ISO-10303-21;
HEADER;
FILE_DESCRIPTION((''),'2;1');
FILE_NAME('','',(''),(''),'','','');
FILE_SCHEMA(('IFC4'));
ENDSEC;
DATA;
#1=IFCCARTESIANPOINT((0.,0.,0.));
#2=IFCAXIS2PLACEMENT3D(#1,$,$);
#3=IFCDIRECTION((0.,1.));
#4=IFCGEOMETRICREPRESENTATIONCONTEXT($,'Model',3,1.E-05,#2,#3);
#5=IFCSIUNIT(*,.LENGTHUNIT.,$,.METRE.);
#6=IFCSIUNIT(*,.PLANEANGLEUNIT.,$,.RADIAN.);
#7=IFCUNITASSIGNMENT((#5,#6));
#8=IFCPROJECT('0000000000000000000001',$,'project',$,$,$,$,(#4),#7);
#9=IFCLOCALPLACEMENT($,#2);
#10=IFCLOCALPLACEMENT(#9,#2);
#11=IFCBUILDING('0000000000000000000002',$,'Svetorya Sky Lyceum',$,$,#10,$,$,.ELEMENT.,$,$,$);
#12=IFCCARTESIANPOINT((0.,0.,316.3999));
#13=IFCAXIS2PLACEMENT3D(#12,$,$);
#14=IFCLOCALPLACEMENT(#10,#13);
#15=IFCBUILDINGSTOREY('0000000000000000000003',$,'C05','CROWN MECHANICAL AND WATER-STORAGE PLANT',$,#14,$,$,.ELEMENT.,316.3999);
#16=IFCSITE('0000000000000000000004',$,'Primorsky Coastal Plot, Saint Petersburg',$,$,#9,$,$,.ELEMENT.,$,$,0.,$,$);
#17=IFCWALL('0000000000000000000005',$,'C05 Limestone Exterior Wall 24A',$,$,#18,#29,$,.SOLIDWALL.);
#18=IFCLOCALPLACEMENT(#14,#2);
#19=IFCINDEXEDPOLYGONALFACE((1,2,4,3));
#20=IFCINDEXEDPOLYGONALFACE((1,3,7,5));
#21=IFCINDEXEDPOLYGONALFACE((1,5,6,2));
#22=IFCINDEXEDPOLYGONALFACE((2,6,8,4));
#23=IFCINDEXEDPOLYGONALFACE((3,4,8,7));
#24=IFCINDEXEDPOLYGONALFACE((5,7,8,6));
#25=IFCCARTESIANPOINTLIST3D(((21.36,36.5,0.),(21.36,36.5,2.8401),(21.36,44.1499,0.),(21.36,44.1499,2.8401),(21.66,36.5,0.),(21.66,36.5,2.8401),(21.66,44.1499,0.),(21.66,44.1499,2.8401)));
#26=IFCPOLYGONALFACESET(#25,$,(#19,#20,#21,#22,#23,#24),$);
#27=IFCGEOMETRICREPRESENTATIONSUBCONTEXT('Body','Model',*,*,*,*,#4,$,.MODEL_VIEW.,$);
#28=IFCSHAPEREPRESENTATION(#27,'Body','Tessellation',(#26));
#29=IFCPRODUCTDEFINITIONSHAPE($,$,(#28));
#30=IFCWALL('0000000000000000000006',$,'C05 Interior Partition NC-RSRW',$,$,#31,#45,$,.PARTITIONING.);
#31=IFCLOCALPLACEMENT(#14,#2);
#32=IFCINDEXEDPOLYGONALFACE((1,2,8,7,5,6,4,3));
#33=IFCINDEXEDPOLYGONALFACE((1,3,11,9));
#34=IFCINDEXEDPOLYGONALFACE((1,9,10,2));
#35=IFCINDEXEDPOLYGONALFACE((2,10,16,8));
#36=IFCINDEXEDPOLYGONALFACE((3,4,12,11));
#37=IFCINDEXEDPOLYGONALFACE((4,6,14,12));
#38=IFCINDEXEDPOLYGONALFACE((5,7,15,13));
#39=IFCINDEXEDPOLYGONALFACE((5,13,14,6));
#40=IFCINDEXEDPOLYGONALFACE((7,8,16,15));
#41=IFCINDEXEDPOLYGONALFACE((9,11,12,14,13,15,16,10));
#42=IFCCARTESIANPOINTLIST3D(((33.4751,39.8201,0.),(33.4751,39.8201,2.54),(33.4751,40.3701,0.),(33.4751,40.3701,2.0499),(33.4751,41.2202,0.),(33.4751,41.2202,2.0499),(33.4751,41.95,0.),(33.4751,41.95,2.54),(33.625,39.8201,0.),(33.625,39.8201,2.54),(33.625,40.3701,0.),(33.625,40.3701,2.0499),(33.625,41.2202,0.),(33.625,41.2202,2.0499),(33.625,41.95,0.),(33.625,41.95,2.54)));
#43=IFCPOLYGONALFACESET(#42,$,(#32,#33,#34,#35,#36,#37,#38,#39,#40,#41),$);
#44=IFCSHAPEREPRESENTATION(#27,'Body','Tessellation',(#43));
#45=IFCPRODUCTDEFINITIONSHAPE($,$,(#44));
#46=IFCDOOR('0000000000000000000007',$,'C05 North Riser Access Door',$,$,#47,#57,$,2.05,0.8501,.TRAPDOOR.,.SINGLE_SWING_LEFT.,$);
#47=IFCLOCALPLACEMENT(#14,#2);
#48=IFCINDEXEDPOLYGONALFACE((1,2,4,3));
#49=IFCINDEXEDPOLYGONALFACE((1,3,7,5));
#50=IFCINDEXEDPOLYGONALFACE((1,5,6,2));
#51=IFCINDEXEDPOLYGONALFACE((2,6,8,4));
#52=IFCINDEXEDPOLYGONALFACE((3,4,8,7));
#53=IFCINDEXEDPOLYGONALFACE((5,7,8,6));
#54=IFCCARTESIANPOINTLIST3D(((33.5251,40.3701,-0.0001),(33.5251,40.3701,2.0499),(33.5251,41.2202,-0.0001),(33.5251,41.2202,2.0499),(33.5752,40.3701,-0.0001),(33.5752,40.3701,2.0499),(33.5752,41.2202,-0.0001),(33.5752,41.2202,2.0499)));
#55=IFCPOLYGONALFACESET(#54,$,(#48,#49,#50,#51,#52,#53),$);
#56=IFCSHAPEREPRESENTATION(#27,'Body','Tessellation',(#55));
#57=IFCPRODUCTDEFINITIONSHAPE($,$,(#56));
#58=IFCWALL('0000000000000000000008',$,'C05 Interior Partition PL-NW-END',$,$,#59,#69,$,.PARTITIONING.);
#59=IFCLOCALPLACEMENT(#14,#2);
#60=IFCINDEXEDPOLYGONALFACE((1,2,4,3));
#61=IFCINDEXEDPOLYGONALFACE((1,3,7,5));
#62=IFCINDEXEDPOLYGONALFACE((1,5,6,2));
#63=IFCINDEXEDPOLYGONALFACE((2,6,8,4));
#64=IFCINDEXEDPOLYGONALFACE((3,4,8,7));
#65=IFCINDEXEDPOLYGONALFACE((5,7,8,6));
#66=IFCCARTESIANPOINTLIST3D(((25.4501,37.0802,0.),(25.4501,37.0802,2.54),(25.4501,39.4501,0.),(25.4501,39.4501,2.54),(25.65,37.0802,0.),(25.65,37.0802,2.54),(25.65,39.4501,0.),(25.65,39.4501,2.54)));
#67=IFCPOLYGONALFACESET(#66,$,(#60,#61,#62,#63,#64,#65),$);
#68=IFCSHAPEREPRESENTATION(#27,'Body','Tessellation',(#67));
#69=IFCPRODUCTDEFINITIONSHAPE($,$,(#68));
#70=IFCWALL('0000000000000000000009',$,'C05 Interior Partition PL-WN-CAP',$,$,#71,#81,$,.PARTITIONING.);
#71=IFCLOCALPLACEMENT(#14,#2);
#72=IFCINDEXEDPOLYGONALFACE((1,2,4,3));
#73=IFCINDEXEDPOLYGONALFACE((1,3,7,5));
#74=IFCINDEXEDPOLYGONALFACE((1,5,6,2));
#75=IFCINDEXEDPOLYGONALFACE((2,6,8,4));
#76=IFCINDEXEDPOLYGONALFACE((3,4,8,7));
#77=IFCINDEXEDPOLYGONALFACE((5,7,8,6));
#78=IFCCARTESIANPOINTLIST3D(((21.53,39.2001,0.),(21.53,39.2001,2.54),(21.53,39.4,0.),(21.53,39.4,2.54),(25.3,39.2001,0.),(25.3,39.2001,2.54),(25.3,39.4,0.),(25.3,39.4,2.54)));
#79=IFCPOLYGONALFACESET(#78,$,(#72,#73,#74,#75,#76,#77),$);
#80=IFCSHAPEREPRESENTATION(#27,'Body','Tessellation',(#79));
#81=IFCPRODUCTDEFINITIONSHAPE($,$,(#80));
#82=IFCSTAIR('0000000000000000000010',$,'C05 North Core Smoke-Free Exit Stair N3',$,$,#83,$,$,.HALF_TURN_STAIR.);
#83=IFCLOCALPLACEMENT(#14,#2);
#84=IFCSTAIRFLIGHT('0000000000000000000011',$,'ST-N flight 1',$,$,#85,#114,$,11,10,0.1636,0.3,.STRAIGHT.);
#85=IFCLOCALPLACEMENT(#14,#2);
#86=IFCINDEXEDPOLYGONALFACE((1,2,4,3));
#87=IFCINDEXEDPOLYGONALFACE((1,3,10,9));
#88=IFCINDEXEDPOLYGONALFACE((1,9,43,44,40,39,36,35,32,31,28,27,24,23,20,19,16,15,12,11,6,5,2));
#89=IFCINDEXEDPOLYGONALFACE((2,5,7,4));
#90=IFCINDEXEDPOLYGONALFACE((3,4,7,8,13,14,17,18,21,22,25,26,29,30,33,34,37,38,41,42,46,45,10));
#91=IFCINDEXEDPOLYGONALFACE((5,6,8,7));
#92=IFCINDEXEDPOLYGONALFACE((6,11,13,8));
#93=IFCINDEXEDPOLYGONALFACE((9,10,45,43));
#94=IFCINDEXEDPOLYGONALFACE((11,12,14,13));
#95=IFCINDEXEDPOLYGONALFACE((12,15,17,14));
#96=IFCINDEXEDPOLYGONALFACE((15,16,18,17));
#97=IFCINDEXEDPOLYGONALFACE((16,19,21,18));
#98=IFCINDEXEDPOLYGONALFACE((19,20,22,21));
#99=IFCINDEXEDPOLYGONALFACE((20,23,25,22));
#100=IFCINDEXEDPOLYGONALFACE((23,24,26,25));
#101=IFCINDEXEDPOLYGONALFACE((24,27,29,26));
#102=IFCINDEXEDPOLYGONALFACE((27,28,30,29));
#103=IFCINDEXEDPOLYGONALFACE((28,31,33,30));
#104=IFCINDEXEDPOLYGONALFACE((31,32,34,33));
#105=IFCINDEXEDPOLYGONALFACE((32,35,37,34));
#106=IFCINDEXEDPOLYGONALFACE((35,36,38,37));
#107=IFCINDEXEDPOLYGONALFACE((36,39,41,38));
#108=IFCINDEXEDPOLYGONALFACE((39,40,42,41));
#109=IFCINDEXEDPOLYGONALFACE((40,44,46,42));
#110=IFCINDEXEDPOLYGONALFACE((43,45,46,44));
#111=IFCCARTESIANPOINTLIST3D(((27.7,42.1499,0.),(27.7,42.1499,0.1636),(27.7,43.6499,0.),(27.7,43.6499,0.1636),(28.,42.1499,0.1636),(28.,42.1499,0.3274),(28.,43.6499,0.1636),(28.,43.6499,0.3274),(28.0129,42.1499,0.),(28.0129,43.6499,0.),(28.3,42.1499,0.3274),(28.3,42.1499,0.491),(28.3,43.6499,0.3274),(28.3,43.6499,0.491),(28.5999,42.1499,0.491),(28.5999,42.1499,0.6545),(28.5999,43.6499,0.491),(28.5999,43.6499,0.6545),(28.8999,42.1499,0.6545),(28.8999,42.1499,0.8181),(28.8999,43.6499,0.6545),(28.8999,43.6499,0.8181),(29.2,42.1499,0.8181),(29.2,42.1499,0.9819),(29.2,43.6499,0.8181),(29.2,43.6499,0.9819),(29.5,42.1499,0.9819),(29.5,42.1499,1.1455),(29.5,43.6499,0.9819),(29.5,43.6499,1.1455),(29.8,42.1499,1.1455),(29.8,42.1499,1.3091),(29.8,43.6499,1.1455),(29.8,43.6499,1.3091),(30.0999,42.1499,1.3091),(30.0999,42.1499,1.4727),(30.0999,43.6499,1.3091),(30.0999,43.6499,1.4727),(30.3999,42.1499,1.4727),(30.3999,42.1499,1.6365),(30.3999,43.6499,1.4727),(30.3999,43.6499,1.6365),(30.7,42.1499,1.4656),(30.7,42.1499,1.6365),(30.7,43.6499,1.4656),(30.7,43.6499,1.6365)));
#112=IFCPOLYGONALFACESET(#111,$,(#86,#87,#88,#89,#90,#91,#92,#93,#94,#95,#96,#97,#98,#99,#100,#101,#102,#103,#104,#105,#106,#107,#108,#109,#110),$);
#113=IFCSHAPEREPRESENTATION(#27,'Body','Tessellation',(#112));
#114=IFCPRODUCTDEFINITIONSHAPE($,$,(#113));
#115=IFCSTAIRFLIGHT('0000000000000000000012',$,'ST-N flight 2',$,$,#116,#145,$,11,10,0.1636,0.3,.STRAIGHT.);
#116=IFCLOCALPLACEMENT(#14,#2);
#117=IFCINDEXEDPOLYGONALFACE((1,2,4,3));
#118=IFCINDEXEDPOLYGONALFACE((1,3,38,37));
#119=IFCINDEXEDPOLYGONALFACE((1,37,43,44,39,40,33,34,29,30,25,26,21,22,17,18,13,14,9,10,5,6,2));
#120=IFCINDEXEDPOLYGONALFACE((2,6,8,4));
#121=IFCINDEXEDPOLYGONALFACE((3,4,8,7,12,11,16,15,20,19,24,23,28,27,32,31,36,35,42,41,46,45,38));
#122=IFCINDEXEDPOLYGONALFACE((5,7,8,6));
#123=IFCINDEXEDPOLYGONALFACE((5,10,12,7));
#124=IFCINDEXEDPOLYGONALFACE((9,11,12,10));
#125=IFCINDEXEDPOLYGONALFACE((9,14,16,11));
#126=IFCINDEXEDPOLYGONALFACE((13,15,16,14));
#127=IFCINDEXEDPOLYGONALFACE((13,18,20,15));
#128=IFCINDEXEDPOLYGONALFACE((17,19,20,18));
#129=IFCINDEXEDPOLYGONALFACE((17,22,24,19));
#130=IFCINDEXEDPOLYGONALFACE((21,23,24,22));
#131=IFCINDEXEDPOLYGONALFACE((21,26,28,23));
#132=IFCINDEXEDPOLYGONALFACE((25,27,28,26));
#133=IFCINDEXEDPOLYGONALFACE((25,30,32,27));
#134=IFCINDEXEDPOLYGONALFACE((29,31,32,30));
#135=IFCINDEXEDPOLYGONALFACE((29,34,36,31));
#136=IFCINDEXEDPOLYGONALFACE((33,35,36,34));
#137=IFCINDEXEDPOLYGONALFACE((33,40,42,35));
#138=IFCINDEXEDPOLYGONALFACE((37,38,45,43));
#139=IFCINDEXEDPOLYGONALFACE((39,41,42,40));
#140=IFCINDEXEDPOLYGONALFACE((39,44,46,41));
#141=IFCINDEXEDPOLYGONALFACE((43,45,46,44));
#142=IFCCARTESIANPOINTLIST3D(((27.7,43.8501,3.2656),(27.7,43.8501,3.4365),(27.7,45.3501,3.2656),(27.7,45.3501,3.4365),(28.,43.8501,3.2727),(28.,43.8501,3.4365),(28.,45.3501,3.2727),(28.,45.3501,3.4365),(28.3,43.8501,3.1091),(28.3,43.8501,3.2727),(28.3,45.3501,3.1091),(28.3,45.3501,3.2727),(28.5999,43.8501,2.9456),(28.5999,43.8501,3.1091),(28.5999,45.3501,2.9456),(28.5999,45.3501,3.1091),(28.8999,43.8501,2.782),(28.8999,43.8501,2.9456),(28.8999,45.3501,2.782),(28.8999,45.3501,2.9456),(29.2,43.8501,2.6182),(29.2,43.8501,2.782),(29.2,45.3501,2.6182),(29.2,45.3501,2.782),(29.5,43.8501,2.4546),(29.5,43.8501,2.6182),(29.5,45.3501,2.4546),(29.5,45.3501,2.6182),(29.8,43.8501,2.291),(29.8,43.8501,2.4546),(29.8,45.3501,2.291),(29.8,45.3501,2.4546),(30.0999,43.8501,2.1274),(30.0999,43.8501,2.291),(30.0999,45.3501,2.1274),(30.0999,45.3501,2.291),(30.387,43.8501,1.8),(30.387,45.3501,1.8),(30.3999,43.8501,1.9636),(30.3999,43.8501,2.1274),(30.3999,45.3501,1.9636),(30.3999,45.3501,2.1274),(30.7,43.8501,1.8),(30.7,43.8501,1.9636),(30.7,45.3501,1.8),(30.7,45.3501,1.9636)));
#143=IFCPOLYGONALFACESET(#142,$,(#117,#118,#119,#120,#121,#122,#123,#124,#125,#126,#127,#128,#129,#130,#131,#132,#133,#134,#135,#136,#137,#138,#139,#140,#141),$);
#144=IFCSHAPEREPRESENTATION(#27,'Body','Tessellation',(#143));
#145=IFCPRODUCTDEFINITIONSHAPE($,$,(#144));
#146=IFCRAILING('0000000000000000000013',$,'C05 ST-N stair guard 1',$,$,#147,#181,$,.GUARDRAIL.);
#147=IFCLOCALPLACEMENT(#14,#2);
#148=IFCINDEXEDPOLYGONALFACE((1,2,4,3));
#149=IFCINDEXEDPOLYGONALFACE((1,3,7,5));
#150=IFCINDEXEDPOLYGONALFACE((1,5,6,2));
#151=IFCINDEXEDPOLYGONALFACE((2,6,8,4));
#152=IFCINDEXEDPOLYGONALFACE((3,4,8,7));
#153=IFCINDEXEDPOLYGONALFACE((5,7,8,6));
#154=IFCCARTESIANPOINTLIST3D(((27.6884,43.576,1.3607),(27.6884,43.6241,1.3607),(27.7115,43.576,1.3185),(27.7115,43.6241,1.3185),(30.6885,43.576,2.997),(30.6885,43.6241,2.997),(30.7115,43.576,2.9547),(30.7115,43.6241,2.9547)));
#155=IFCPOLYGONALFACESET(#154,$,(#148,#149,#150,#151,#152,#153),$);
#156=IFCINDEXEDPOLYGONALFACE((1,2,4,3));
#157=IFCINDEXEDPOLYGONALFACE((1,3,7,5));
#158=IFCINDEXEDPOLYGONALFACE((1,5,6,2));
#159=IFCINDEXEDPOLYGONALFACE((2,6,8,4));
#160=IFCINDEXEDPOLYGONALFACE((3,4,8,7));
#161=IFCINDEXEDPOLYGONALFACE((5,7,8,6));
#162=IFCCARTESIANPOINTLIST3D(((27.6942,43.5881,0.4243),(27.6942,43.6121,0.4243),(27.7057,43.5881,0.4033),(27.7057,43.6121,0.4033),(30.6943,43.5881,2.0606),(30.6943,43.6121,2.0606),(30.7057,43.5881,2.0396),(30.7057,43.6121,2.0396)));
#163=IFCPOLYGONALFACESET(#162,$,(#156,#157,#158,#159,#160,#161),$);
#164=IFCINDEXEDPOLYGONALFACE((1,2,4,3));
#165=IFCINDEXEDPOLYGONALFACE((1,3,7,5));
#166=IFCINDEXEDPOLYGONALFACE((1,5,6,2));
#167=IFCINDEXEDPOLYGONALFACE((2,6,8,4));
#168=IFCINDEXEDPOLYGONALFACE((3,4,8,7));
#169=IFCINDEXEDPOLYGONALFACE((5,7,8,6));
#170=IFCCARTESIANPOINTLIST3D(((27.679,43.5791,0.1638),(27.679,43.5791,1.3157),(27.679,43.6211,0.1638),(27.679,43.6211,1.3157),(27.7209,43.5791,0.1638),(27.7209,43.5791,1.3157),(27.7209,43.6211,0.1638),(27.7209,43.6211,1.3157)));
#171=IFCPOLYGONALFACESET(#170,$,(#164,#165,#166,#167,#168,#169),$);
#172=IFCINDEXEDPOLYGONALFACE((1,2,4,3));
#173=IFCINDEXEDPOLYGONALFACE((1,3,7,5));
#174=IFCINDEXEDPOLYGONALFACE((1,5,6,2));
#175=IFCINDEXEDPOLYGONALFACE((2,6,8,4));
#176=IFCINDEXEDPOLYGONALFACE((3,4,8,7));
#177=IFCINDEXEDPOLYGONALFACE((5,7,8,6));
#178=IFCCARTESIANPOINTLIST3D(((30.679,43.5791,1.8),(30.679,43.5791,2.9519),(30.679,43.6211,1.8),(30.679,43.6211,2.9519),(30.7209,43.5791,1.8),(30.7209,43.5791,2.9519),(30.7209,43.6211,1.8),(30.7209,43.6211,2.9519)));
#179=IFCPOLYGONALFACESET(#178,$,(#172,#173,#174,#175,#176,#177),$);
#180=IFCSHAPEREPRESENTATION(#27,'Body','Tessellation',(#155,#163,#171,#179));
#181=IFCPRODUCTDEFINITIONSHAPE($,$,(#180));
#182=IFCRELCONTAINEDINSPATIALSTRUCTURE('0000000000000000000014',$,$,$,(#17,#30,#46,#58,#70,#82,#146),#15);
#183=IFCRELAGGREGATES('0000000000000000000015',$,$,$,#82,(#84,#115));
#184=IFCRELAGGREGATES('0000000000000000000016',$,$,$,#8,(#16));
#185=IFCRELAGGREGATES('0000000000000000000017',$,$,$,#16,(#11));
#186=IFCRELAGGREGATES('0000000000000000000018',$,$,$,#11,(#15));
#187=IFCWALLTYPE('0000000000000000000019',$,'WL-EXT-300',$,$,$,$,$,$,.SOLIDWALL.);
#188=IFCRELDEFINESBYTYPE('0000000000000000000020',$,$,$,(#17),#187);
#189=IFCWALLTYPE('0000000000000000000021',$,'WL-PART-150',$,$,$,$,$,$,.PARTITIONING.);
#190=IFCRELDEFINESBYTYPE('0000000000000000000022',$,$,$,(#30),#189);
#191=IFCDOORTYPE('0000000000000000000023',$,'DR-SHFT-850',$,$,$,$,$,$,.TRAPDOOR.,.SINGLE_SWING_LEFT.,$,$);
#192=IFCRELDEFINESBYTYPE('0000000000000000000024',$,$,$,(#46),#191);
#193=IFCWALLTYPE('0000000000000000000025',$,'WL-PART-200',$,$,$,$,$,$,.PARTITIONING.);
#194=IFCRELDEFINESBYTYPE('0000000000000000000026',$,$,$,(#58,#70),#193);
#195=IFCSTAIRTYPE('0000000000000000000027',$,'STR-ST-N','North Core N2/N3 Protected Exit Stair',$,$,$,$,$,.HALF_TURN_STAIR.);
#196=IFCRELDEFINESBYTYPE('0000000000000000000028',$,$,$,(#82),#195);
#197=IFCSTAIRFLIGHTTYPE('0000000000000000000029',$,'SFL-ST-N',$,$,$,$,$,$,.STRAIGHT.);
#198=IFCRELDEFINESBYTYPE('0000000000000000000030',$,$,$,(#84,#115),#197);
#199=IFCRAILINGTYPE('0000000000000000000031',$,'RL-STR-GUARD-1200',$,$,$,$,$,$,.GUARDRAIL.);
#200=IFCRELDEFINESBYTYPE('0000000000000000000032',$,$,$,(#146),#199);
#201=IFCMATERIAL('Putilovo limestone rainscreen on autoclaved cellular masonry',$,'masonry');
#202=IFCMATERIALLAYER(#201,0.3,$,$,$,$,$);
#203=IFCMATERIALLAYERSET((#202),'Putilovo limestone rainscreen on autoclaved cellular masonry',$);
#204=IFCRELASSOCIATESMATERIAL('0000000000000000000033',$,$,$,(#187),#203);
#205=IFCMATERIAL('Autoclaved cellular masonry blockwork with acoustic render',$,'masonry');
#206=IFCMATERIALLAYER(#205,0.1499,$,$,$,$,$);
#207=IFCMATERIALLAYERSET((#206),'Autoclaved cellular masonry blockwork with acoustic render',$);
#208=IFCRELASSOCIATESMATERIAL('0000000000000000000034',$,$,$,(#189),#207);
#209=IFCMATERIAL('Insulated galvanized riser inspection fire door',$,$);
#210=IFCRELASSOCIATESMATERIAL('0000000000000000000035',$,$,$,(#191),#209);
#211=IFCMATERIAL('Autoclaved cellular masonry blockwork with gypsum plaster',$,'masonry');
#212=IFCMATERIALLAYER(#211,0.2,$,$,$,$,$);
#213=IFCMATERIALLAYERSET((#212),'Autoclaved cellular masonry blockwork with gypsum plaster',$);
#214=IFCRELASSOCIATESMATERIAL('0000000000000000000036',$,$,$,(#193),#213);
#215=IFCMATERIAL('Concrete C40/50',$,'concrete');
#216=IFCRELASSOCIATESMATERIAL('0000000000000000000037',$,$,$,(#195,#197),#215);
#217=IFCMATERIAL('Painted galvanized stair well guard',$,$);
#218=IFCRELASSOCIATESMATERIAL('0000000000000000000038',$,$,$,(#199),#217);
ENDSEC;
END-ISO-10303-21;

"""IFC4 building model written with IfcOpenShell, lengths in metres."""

from ifc_helpers import new_model, si_unit, direction, frame, frame_2d, origin, origin_2d, place, context, subcontext, project, spatial, polyline, rectangle, outline, extrude, material, layer, layer_set, type_object, element, fill, aggregate, save


model = new_model("IFC4")

# Units and contexts
model_context = context("Model", 3, precision=1e-05, world=origin(), true_north=direction((0.0, 1.0)))
body_context = subcontext(model_context, "Body", "Model", "MODEL_VIEW")
ifc_project = project(units=[si_unit("LENGTHUNIT", "METRE"), si_unit("PLANEANGLEUNIT", "RADIAN")], contexts=[model_context])

# Site, building, storey
site_placement = place(None, origin())
site = spatial("IfcSite", under=ifc_project, at=site_placement, Name="Primorsky Coastal Plot, Saint Petersburg", CompositionType="ELEMENT", RefElevation=0.0)
building_placement = place(site_placement, origin())
building = spatial("IfcBuilding", under=site, at=building_placement, Name="Svetorya Sky Lyceum", CompositionType="ELEMENT")
storey_placement = place(building_placement, frame((0.0, 0.0, 316.3999)))
storey = spatial("IfcBuildingStorey", under=building, at=storey_placement, Name="C05", Description="CROWN MECHANICAL AND WATER-STORAGE PLANT", CompositionType="ELEMENT", Elevation=316.3999)

# Shared definitions
ifc_material_1 = material(Name="Concrete C40/50", Category="concrete")

# Wall
ifc_material_2 = material(Name="Putilovo limestone rainscreen on autoclaved cellular masonry", Category="masonry")
ifc_layer_1 = layer(ifc_material_2, 0.3)
ifc_layer_set_1 = layer_set([ifc_layer_1], Name="Putilovo limestone rainscreen on autoclaved cellular masonry")
wall_type_1 = type_object("IfcWallType", Name="WL-EXT-300", PredefinedType="SOLIDWALL", material=ifc_layer_set_1)
wall_1_placement = place(storey_placement, frame((21.51, 44.1499, 0.0), z_axis=(0.0, 0.0, 1.0), x_axis=(0.0, -1.0, 0.0)))
element("IfcWall", 1, at=wall_1_placement, inside=storey, type_object=wall_type_1, Name="C05 Limestone Exterior Wall 24A", PredefinedType="SOLIDWALL", context=body_context, shape_type="SweptSolid", body=[
    extrude(rectangle(XDim=7.6499, YDim=0.3, at=frame_2d((3.825, 0.0))), origin(), (0.0, 0.0, 1.0), 2.8401),
])

# Wall, opening, door
ifc_material_3 = material(Name="Autoclaved cellular masonry blockwork with acoustic render", Category="masonry")
ifc_layer_2 = layer(ifc_material_3, 0.1499)
ifc_layer_set_2 = layer_set([ifc_layer_2], Name="Autoclaved cellular masonry blockwork with acoustic render")
wall_type_2 = type_object("IfcWallType", Name="WL-PART-150", PredefinedType="PARTITIONING", material=ifc_layer_set_2)
wall_2_placement = place(storey_placement, frame((33.55, 39.8201, 0.0), z_axis=(0.0, 0.0, 1.0), x_axis=(0.0, 1.0, 0.0)))
wall_2 = element("IfcWall", 2, at=wall_2_placement, inside=storey, type_object=wall_type_2, Name="C05 Interior Partition NC-RSRW", PredefinedType="PARTITIONING", context=body_context, shape_type="SweptSolid", body=[
    extrude(rectangle(XDim=2.1299, YDim=0.1499, at=frame_2d((1.0649, 0.0))), origin(), (0.0, 0.0, 1.0), 2.54),
])
opening_placement = place(wall_2_placement, frame((0.55, 0.0, 0.0)))
opening = element("IfcOpeningElement", 3, at=opening_placement, cuts=wall_2, PredefinedType="OPENING", context=body_context, shape_type="SweptSolid", body=[
    extrude(rectangle(XDim=0.8501, YDim=2.05, at=frame_2d((0.425, 1.0249))), frame((0.0, 0.085, 0.0), z_axis=(0.0, -1.0, 0.0), x_axis=(1.0, 0.0, 0.0)), (0.0, 0.0, 1.0), 0.1699),
])
ifc_material_4 = material(Name="Insulated galvanized riser inspection fire door")
door_type = type_object("IfcDoorType", Name="DR-SHFT-850", OperationType="SINGLE_SWING_LEFT", PredefinedType="TRAPDOOR", material=ifc_material_4)
door_placement = place(opening_placement, origin())
door = element("IfcDoor", 4, at=door_placement, inside=storey, type_object=door_type, Name="C05 North Riser Access Door", OperationType="SINGLE_SWING_LEFT", OverallHeight=2.05, OverallWidth=0.8501, PredefinedType="TRAPDOOR", context=body_context, shape_type="SweptSolid", body=[
    extrude(rectangle(XDim=0.8501, YDim=2.05, at=frame_2d((0.425, 1.0249))), frame((0.0, 0.0249, 0.0), z_axis=(0.0, -1.0, 0.0), x_axis=(1.0, 0.0, 0.0)), (0.0, 0.0, 1.0), 0.05),
])
fill(opening, door)

# Walls
ifc_material_5 = material(Name="Autoclaved cellular masonry blockwork with gypsum plaster", Category="masonry")
ifc_layer_3 = layer(ifc_material_5, 0.2)
ifc_layer_set_3 = layer_set([ifc_layer_3], Name="Autoclaved cellular masonry blockwork with gypsum plaster")
wall_type_3 = type_object("IfcWallType", Name="WL-PART-200", PredefinedType="PARTITIONING", material=ifc_layer_set_3)
wall_3_placement = place(storey_placement, frame((25.55, 37.0801, 0.0), z_axis=(0.0, 0.0, 1.0), x_axis=(0.0, 1.0, 0.0)))
element("IfcWall", 5, at=wall_3_placement, inside=storey, type_object=wall_type_3, Name="C05 Interior Partition PL-NW-END", PredefinedType="PARTITIONING", context=body_context, shape_type="SweptSolid", body=[
    extrude(rectangle(XDim=2.3699, YDim=0.2, at=frame_2d((1.1851, 0.0))), origin(), (0.0, 0.0, 1.0), 2.54),
])
wall_4_placement = place(storey_placement, frame((21.53, 39.3, 0.0), z_axis=(0.0, 0.0, 1.0), x_axis=(1.0, 0.0, 0.0)))
element("IfcWall", 6, at=wall_4_placement, inside=storey, type_object=wall_type_3, Name="C05 Interior Partition PL-WN-CAP", PredefinedType="PARTITIONING", context=body_context, shape_type="SweptSolid", body=[
    extrude(rectangle(XDim=3.77, YDim=0.2, at=frame_2d((1.885, 0.0))), origin(), (0.0, 0.0, 1.0), 2.54),
])

# Stair, stair flights
stair_type = type_object("IfcStairType", Name="STR-ST-N", Description="North Core N2/N3 Protected Exit Stair", PredefinedType="HALF_TURN_STAIR", material=ifc_material_1)
stair_placement = place(storey_placement, origin())
stair = element("IfcStair", 7, at=stair_placement, inside=storey, type_object=stair_type, Name="C05 North Core Smoke-Free Exit Stair N3", PredefinedType="HALF_TURN_STAIR")
stair_flight_type = type_object("IfcStairFlightType", Name="SFL-ST-N", PredefinedType="STRAIGHT", material=ifc_material_1)
stair_flight_1_placement = place(storey_placement, frame((27.7, 42.8999, 0.0), z_axis=(0.0, 0.0, 1.0), x_axis=(1.0, 0.0, 0.0)))
stair_flight_1 = element("IfcStairFlight", 8, at=stair_flight_1_placement, type_object=stair_flight_type, Name="ST-N flight 1", NumberOfRisers=11, NumberOfTreads=10, PredefinedType="STRAIGHT", RiserHeight=0.1636, TreadLength=0.3, context=body_context, shape_type="SweptSolid", body=[
    extrude(outline(polyline([(0.0, 0.0), (0.0, 0.1636), (0.3, 0.1636), (0.3, 0.3274), (0.6001, 0.3274), (0.6001, 0.491), (0.8999, 0.491), (0.8999, 0.6545), (1.2, 0.6545), (1.2, 0.8181), (1.5, 0.8181), (1.5, 0.9819), (1.8, 0.9819), (1.8, 1.1455), (2.1001, 1.1455), (2.1001, 1.3091), (2.3999, 1.3091), (2.3999, 1.4727), (2.7, 1.4727), (2.7, 1.6365), (3.0, 1.6365), (3.0, 1.8), (3.0, 1.4656), (0.313, 0.0), (0.0, 0.0)])), frame((0.0, 0.75, 0.0), z_axis=(0.0, -1.0, 0.0), x_axis=(1.0, 0.0, 0.0)), (0.0, 0.0, 1.0), 1.5),
])
stair_flight_2_placement = place(storey_placement, frame((30.7, 44.6001, 1.8), z_axis=(0.0, 0.0, 1.0), x_axis=(-1.0, 0.0, 0.0)))
stair_flight_2 = element("IfcStairFlight", 9, at=stair_flight_2_placement, type_object=stair_flight_type, Name="ST-N flight 2", NumberOfRisers=11, NumberOfTreads=10, PredefinedType="STRAIGHT", RiserHeight=0.1636, TreadLength=0.3, context=body_context, shape_type="SweptSolid", body=[
    extrude(outline(polyline([(0.0, 0.0), (0.0, 0.1636), (0.3, 0.1636), (0.3, 0.3274), (0.6001, 0.3274), (0.6001, 0.491), (0.8999, 0.491), (0.8999, 0.6545), (1.2, 0.6545), (1.2, 0.8181), (1.5, 0.8181), (1.5, 0.9819), (1.8, 0.9819), (1.8, 1.1455), (2.1001, 1.1455), (2.1001, 1.3091), (2.3999, 1.3091), (2.3999, 1.4727), (2.7, 1.4727), (2.7, 1.6365), (3.0, 1.6365), (3.0, 1.8), (3.0, 1.4656), (0.313, 0.0), (0.0, 0.0)])), frame((0.0, 0.75, 0.0), z_axis=(0.0, -1.0, 0.0), x_axis=(1.0, 0.0, 0.0)), (0.0, 0.0, 1.0), 1.5),
])
aggregate(stair, [stair_flight_1, stair_flight_2])

# Railing
ifc_material_6 = material(Name="Painted galvanized stair well guard")
railing_type_1 = type_object("IfcRailingType", Name="RL-STR-GUARD-1200", PredefinedType="GUARDRAIL", material=ifc_material_6)
railing_1_placement = place(storey_placement, frame((27.7, 43.6001, 0.1638)))
element("IfcRailing", 10, at=railing_1_placement, inside=storey, type_object=railing_type_1, Name="C05 ST-N stair guard 1", PredefinedType="GUARDRAIL", context=body_context, shape_type="SweptSolid", body=[
    extrude(rectangle(XDim=0.0481, YDim=0.0481, at=origin_2d()), frame((0.0, 0.0, 1.1758), z_axis=(0.877912, 0.0, 0.478822), x_axis=(0.0, 1.0, 0.0)), (0.0, 0.0, 1.0), 3.4172),
    extrude(rectangle(XDim=0.0239, YDim=0.0239, at=origin_2d()), frame((0.0, 0.0, 0.25), z_axis=(0.877912, 0.0, 0.478822), x_axis=(0.0, 1.0, 0.0)), (0.0, 0.0, 1.0), 3.4172),
    extrude(rectangle(XDim=0.042, YDim=0.042, at=origin_2d()), origin(), (0.0, 0.0, 1.0), 1.1519),
    extrude(rectangle(XDim=0.042, YDim=0.042, at=origin_2d()), frame((3.0, 0.0, 1.6362)), (0.0, 0.0, 1.0), 1.1519),
])

save(model, "model.ifc")
